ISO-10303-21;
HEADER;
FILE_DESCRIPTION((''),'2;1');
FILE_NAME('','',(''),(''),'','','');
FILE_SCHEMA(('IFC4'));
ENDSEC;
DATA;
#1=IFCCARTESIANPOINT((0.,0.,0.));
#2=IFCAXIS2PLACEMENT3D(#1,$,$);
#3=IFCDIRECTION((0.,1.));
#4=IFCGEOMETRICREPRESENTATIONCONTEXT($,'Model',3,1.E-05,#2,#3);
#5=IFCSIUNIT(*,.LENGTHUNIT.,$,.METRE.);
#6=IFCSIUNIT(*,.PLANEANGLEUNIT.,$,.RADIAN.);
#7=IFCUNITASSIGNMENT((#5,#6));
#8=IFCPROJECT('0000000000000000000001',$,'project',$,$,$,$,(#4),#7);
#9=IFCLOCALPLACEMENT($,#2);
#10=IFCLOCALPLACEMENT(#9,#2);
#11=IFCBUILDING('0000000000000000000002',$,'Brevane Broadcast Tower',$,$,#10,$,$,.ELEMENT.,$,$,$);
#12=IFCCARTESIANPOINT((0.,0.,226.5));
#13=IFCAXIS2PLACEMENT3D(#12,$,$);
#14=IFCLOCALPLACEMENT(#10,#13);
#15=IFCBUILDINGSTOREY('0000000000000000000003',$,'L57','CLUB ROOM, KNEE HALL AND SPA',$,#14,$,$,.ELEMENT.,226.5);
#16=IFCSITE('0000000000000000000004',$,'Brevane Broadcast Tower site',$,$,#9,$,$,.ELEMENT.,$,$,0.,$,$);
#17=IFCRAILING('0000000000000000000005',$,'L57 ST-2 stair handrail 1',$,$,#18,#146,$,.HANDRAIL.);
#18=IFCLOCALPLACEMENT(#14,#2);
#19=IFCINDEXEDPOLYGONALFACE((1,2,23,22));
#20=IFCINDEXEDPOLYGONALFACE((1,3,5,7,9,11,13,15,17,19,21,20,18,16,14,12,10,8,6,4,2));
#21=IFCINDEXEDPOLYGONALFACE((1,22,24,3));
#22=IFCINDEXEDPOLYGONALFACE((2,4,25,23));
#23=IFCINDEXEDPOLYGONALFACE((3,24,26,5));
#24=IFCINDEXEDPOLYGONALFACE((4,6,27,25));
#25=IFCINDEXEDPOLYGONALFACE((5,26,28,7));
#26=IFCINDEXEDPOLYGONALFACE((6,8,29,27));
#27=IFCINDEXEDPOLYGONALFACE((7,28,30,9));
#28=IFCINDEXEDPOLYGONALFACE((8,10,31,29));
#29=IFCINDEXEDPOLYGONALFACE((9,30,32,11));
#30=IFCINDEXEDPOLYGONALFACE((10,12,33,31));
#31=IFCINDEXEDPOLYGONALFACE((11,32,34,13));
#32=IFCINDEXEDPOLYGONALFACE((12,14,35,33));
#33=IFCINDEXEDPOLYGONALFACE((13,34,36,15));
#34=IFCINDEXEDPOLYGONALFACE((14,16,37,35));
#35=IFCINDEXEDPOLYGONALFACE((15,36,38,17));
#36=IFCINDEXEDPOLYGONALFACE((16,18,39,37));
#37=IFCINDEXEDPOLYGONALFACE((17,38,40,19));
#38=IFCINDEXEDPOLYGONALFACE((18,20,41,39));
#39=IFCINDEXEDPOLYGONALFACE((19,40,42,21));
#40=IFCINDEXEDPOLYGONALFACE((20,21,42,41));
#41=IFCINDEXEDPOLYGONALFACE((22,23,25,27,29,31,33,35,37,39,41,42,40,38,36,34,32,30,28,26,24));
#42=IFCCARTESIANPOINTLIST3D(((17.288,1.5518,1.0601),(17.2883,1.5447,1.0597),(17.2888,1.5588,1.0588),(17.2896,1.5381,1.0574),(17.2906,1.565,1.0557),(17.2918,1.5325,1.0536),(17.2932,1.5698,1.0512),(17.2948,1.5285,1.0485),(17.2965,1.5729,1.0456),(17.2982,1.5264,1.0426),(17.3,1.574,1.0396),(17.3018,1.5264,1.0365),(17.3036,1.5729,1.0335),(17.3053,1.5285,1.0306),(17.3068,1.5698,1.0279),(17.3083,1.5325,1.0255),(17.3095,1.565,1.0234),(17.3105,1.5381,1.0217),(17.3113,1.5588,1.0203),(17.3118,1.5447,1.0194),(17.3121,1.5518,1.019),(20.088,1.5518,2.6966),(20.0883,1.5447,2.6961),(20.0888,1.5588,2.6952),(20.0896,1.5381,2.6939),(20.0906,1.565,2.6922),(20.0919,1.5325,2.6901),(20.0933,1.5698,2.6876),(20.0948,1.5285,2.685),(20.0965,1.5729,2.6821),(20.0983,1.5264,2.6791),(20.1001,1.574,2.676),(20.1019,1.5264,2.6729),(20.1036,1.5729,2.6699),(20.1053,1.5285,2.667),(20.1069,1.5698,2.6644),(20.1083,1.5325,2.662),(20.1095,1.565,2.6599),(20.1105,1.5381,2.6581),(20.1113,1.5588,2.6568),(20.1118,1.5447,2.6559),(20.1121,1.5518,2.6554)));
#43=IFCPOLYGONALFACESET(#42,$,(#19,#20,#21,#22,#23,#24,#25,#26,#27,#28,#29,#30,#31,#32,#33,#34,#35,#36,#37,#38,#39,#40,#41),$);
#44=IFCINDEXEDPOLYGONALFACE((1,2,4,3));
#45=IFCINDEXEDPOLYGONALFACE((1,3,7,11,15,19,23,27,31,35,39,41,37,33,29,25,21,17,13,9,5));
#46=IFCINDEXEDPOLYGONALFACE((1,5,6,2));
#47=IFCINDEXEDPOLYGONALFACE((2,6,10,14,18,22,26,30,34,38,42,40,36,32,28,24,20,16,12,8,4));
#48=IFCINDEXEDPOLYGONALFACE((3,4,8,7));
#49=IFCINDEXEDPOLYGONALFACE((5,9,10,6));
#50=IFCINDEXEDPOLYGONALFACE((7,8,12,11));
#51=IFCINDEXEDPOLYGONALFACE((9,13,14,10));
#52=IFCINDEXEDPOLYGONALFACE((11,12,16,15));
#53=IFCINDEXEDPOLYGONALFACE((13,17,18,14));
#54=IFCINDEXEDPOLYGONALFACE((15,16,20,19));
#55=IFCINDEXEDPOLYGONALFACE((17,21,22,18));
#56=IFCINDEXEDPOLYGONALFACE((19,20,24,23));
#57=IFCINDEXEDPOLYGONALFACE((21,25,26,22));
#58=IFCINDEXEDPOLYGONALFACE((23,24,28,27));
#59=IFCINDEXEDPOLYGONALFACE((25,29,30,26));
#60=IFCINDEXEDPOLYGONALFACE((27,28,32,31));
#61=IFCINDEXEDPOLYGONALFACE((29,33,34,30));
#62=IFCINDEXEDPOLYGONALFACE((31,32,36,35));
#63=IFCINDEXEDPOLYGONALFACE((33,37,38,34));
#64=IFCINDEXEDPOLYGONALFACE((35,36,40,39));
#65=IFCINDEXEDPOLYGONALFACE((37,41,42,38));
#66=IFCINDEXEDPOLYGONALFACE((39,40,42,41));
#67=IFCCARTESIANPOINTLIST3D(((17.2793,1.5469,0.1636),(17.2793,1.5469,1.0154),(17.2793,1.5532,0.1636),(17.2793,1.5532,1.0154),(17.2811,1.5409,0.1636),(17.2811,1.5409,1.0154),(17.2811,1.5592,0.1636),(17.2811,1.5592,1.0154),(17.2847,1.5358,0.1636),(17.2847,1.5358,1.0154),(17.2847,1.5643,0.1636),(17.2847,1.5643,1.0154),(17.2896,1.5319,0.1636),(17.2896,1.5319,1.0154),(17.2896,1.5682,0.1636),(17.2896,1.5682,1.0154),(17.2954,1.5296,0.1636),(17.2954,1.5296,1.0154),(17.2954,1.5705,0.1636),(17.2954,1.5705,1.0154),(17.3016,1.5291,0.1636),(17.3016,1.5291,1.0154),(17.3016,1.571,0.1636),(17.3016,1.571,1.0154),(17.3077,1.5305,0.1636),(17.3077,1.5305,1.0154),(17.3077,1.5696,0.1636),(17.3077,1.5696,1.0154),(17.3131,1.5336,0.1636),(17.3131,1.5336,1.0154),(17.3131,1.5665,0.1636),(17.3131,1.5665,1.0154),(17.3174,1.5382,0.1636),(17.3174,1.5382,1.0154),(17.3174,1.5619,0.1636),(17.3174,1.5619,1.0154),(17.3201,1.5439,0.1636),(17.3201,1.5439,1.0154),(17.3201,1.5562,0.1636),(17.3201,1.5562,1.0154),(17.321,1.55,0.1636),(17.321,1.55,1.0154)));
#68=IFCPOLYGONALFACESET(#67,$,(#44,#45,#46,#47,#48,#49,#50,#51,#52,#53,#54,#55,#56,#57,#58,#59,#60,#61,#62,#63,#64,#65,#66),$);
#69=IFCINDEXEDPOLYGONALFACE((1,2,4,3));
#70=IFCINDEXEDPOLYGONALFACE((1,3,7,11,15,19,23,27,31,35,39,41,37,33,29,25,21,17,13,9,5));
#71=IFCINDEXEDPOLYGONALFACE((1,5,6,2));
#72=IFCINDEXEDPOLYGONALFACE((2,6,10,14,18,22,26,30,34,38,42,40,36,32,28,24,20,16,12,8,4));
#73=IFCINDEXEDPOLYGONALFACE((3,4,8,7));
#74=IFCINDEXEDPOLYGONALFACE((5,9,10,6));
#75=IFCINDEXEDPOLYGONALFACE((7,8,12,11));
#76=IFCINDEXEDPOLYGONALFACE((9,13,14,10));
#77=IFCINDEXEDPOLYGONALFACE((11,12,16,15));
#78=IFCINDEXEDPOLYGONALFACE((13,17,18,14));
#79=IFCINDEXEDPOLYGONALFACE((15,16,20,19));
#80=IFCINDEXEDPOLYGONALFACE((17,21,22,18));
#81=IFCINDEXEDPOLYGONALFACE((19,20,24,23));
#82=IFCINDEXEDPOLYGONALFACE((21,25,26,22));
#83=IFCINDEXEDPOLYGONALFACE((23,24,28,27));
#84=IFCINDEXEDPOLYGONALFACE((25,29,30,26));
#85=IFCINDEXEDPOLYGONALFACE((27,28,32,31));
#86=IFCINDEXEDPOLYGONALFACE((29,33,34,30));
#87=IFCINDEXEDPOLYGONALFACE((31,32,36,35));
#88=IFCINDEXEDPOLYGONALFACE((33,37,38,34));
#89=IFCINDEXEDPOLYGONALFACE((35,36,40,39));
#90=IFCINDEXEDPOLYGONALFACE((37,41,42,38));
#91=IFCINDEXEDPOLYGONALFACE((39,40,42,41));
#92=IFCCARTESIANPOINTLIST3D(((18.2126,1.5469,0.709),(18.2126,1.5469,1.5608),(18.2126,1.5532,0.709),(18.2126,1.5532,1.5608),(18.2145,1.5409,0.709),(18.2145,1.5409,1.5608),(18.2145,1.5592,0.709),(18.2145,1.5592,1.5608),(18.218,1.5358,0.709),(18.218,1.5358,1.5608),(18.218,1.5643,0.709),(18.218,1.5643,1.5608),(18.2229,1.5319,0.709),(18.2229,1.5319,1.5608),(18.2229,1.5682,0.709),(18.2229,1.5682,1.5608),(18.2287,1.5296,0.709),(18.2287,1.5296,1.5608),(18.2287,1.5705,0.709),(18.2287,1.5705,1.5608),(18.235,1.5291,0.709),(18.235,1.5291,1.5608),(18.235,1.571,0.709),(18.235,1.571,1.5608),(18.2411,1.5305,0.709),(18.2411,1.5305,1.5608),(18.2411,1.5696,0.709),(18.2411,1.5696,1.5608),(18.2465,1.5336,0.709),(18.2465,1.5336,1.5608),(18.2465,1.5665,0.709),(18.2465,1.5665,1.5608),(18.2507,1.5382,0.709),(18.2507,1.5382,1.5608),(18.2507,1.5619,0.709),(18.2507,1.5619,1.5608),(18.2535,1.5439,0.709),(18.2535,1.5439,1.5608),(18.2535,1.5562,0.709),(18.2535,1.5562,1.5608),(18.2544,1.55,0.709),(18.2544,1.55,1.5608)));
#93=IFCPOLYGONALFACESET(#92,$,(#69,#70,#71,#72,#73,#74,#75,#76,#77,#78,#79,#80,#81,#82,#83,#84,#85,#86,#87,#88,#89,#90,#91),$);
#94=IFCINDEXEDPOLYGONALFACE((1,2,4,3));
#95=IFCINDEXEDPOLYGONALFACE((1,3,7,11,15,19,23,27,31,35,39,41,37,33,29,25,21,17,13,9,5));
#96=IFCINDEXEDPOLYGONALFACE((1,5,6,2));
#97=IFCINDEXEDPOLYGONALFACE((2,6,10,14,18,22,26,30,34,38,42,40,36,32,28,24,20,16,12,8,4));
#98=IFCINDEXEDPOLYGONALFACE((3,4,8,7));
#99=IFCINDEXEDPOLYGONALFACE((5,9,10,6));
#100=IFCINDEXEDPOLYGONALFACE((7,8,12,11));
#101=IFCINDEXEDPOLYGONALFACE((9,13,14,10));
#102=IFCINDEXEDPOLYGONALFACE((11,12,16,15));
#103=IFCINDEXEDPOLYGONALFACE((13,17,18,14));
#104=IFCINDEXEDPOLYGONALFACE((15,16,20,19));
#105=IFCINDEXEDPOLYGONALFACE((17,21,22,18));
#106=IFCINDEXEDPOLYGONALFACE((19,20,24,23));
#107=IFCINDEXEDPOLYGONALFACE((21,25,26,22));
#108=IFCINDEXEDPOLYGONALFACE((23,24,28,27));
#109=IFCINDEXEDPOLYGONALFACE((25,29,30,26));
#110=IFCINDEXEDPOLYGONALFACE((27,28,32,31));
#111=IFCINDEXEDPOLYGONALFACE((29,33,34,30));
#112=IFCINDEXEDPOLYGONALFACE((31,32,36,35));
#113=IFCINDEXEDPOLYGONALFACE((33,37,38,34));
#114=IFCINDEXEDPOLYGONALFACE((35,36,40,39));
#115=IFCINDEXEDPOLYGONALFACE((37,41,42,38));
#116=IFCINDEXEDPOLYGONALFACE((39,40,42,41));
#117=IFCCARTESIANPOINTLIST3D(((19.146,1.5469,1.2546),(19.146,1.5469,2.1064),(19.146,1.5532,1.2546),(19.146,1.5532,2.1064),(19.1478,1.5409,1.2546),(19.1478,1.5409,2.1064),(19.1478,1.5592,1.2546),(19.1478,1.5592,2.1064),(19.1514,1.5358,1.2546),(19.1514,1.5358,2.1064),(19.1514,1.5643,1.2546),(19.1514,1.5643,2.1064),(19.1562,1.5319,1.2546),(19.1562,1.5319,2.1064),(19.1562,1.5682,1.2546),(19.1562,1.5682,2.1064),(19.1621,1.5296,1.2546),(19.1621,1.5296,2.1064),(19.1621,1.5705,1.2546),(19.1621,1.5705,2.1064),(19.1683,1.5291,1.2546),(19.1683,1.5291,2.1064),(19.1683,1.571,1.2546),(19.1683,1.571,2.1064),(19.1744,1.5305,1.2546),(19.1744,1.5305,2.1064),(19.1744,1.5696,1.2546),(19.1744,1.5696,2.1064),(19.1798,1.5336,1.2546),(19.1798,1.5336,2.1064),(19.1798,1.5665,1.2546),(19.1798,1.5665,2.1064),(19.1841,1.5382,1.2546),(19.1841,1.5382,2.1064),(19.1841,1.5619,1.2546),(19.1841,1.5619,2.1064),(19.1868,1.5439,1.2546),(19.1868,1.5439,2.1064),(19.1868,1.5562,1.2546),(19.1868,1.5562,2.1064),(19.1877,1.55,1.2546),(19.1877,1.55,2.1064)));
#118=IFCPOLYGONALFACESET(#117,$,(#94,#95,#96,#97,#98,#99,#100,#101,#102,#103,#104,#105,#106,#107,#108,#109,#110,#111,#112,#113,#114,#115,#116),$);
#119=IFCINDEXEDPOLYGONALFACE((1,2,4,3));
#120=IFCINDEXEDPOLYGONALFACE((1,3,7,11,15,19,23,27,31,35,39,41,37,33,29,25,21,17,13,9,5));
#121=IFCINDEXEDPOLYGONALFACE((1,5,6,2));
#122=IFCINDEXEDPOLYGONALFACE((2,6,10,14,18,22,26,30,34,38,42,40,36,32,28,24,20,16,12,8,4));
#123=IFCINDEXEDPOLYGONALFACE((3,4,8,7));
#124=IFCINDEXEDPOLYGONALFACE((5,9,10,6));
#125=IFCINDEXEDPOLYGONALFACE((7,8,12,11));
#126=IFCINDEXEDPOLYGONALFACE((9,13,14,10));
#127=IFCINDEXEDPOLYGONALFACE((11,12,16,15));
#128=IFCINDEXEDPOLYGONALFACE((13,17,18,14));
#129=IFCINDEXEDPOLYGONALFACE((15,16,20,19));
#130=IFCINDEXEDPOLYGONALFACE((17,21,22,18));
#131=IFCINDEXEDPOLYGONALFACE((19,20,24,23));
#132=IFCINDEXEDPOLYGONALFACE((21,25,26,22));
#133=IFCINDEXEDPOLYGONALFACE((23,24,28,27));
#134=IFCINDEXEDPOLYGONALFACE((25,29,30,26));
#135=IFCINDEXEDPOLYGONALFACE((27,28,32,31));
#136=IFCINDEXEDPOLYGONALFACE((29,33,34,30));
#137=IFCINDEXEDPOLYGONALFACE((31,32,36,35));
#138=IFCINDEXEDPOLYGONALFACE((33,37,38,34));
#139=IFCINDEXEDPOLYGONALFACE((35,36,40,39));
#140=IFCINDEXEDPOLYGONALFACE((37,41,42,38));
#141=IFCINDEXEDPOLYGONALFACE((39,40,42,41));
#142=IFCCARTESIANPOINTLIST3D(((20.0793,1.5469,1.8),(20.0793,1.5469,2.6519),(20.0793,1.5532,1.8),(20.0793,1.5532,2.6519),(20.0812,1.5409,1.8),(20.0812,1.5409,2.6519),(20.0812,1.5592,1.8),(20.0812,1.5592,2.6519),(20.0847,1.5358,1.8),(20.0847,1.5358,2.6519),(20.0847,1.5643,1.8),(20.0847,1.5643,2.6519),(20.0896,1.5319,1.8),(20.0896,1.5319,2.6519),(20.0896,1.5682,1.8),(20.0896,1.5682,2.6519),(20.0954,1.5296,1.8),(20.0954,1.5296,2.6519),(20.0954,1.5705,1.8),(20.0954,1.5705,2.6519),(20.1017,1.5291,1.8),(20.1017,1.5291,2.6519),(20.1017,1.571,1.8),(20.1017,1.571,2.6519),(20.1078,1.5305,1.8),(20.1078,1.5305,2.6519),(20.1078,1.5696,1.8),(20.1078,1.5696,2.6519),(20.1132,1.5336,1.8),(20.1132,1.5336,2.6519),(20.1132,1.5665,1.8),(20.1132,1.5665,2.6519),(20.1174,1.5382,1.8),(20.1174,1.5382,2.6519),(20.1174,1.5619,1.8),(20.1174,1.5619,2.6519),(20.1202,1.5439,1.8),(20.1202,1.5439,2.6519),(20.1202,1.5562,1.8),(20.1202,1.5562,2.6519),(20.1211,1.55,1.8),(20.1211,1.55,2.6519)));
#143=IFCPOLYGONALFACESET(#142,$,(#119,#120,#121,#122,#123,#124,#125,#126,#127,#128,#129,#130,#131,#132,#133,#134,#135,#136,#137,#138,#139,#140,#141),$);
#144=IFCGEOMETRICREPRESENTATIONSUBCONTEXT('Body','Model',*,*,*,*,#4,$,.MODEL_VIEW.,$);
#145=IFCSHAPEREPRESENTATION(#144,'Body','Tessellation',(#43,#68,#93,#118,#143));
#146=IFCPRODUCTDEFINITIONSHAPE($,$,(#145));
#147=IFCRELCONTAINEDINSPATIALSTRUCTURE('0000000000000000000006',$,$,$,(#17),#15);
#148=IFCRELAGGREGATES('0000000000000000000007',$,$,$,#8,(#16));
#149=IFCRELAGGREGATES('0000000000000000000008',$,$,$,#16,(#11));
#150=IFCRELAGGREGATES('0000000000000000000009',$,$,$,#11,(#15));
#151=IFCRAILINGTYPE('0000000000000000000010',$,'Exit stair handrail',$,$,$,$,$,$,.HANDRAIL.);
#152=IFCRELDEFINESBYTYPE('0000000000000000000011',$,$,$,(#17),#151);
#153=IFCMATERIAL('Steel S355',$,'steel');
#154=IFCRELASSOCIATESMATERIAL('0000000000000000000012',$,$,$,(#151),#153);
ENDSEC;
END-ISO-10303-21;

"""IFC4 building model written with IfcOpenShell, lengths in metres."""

from ifc_helpers import new_model, si_unit, direction, frame, origin, origin_2d, place, context, subcontext, project, spatial, circle, extrude, material, type_object, element, save


model = new_model("IFC4")

# Units and contexts
model_context = context("Model", 3, precision=1e-05, world=origin(), true_north=direction((0.0, 1.0)))
body_context = subcontext(model_context, "Body", "Model", "MODEL_VIEW")
ifc_project = project(units=[si_unit("LENGTHUNIT", "METRE"), si_unit("PLANEANGLEUNIT", "RADIAN")], contexts=[model_context])

# Site, building, storey
site_placement = place(None, origin())
site = spatial("IfcSite", under=ifc_project, at=site_placement, Name="Brevane Broadcast Tower site", CompositionType="ELEMENT", RefElevation=0.0)
building_placement = place(site_placement, origin())
building = spatial("IfcBuilding", under=site, at=building_placement, Name="Brevane Broadcast Tower", CompositionType="ELEMENT")
storey_placement = place(building_placement, frame((0.0, 0.0, 226.5)))
storey = spatial("IfcBuildingStorey", under=building, at=storey_placement, Name="L57", Description="CLUB ROOM, KNEE HALL AND SPA", CompositionType="ELEMENT", Elevation=226.5)

# Railing
ifc_material_1 = material(Name="Steel S355", Category="steel")
railing_type_1 = type_object("IfcRailingType", Name="Exit stair handrail", PredefinedType="HANDRAIL", material=ifc_material_1)
railing_1_placement = place(storey_placement, frame((17.3, 1.55, 0.1636)))
element("IfcRailing", 1, at=railing_1_placement, inside=storey, type_object=railing_type_1, Name="L57 ST-2 stair handrail 1", PredefinedType="HANDRAIL", context=body_context, shape_type="SweptSolid", body=[
    extrude(circle(Radius=0.0239, at=origin_2d()), frame((0.0, 0.0, 0.876), z_axis=(0.863361, 0.0, 0.504587), x_axis=(0.0, 1.0, 0.0)), (0.0, 0.0, 1.0), 3.2432),
    extrude(circle(Radius=0.021, at=origin_2d()), origin(), (0.0, 0.0, 1.0), 0.8518),
    extrude(circle(Radius=0.021, at=origin_2d()), frame((0.9333, 0.0, 0.5454)), (0.0, 0.0, 1.0), 0.8518),
    extrude(circle(Radius=0.021, at=origin_2d()), frame((1.8667, 0.0, 1.0911)), (0.0, 0.0, 1.0), 0.8518),
    extrude(circle(Radius=0.021, at=origin_2d()), frame((2.8, 0.0, 1.6365)), (0.0, 0.0, 1.0), 0.8518),
])

save(model, "model.ifc")
